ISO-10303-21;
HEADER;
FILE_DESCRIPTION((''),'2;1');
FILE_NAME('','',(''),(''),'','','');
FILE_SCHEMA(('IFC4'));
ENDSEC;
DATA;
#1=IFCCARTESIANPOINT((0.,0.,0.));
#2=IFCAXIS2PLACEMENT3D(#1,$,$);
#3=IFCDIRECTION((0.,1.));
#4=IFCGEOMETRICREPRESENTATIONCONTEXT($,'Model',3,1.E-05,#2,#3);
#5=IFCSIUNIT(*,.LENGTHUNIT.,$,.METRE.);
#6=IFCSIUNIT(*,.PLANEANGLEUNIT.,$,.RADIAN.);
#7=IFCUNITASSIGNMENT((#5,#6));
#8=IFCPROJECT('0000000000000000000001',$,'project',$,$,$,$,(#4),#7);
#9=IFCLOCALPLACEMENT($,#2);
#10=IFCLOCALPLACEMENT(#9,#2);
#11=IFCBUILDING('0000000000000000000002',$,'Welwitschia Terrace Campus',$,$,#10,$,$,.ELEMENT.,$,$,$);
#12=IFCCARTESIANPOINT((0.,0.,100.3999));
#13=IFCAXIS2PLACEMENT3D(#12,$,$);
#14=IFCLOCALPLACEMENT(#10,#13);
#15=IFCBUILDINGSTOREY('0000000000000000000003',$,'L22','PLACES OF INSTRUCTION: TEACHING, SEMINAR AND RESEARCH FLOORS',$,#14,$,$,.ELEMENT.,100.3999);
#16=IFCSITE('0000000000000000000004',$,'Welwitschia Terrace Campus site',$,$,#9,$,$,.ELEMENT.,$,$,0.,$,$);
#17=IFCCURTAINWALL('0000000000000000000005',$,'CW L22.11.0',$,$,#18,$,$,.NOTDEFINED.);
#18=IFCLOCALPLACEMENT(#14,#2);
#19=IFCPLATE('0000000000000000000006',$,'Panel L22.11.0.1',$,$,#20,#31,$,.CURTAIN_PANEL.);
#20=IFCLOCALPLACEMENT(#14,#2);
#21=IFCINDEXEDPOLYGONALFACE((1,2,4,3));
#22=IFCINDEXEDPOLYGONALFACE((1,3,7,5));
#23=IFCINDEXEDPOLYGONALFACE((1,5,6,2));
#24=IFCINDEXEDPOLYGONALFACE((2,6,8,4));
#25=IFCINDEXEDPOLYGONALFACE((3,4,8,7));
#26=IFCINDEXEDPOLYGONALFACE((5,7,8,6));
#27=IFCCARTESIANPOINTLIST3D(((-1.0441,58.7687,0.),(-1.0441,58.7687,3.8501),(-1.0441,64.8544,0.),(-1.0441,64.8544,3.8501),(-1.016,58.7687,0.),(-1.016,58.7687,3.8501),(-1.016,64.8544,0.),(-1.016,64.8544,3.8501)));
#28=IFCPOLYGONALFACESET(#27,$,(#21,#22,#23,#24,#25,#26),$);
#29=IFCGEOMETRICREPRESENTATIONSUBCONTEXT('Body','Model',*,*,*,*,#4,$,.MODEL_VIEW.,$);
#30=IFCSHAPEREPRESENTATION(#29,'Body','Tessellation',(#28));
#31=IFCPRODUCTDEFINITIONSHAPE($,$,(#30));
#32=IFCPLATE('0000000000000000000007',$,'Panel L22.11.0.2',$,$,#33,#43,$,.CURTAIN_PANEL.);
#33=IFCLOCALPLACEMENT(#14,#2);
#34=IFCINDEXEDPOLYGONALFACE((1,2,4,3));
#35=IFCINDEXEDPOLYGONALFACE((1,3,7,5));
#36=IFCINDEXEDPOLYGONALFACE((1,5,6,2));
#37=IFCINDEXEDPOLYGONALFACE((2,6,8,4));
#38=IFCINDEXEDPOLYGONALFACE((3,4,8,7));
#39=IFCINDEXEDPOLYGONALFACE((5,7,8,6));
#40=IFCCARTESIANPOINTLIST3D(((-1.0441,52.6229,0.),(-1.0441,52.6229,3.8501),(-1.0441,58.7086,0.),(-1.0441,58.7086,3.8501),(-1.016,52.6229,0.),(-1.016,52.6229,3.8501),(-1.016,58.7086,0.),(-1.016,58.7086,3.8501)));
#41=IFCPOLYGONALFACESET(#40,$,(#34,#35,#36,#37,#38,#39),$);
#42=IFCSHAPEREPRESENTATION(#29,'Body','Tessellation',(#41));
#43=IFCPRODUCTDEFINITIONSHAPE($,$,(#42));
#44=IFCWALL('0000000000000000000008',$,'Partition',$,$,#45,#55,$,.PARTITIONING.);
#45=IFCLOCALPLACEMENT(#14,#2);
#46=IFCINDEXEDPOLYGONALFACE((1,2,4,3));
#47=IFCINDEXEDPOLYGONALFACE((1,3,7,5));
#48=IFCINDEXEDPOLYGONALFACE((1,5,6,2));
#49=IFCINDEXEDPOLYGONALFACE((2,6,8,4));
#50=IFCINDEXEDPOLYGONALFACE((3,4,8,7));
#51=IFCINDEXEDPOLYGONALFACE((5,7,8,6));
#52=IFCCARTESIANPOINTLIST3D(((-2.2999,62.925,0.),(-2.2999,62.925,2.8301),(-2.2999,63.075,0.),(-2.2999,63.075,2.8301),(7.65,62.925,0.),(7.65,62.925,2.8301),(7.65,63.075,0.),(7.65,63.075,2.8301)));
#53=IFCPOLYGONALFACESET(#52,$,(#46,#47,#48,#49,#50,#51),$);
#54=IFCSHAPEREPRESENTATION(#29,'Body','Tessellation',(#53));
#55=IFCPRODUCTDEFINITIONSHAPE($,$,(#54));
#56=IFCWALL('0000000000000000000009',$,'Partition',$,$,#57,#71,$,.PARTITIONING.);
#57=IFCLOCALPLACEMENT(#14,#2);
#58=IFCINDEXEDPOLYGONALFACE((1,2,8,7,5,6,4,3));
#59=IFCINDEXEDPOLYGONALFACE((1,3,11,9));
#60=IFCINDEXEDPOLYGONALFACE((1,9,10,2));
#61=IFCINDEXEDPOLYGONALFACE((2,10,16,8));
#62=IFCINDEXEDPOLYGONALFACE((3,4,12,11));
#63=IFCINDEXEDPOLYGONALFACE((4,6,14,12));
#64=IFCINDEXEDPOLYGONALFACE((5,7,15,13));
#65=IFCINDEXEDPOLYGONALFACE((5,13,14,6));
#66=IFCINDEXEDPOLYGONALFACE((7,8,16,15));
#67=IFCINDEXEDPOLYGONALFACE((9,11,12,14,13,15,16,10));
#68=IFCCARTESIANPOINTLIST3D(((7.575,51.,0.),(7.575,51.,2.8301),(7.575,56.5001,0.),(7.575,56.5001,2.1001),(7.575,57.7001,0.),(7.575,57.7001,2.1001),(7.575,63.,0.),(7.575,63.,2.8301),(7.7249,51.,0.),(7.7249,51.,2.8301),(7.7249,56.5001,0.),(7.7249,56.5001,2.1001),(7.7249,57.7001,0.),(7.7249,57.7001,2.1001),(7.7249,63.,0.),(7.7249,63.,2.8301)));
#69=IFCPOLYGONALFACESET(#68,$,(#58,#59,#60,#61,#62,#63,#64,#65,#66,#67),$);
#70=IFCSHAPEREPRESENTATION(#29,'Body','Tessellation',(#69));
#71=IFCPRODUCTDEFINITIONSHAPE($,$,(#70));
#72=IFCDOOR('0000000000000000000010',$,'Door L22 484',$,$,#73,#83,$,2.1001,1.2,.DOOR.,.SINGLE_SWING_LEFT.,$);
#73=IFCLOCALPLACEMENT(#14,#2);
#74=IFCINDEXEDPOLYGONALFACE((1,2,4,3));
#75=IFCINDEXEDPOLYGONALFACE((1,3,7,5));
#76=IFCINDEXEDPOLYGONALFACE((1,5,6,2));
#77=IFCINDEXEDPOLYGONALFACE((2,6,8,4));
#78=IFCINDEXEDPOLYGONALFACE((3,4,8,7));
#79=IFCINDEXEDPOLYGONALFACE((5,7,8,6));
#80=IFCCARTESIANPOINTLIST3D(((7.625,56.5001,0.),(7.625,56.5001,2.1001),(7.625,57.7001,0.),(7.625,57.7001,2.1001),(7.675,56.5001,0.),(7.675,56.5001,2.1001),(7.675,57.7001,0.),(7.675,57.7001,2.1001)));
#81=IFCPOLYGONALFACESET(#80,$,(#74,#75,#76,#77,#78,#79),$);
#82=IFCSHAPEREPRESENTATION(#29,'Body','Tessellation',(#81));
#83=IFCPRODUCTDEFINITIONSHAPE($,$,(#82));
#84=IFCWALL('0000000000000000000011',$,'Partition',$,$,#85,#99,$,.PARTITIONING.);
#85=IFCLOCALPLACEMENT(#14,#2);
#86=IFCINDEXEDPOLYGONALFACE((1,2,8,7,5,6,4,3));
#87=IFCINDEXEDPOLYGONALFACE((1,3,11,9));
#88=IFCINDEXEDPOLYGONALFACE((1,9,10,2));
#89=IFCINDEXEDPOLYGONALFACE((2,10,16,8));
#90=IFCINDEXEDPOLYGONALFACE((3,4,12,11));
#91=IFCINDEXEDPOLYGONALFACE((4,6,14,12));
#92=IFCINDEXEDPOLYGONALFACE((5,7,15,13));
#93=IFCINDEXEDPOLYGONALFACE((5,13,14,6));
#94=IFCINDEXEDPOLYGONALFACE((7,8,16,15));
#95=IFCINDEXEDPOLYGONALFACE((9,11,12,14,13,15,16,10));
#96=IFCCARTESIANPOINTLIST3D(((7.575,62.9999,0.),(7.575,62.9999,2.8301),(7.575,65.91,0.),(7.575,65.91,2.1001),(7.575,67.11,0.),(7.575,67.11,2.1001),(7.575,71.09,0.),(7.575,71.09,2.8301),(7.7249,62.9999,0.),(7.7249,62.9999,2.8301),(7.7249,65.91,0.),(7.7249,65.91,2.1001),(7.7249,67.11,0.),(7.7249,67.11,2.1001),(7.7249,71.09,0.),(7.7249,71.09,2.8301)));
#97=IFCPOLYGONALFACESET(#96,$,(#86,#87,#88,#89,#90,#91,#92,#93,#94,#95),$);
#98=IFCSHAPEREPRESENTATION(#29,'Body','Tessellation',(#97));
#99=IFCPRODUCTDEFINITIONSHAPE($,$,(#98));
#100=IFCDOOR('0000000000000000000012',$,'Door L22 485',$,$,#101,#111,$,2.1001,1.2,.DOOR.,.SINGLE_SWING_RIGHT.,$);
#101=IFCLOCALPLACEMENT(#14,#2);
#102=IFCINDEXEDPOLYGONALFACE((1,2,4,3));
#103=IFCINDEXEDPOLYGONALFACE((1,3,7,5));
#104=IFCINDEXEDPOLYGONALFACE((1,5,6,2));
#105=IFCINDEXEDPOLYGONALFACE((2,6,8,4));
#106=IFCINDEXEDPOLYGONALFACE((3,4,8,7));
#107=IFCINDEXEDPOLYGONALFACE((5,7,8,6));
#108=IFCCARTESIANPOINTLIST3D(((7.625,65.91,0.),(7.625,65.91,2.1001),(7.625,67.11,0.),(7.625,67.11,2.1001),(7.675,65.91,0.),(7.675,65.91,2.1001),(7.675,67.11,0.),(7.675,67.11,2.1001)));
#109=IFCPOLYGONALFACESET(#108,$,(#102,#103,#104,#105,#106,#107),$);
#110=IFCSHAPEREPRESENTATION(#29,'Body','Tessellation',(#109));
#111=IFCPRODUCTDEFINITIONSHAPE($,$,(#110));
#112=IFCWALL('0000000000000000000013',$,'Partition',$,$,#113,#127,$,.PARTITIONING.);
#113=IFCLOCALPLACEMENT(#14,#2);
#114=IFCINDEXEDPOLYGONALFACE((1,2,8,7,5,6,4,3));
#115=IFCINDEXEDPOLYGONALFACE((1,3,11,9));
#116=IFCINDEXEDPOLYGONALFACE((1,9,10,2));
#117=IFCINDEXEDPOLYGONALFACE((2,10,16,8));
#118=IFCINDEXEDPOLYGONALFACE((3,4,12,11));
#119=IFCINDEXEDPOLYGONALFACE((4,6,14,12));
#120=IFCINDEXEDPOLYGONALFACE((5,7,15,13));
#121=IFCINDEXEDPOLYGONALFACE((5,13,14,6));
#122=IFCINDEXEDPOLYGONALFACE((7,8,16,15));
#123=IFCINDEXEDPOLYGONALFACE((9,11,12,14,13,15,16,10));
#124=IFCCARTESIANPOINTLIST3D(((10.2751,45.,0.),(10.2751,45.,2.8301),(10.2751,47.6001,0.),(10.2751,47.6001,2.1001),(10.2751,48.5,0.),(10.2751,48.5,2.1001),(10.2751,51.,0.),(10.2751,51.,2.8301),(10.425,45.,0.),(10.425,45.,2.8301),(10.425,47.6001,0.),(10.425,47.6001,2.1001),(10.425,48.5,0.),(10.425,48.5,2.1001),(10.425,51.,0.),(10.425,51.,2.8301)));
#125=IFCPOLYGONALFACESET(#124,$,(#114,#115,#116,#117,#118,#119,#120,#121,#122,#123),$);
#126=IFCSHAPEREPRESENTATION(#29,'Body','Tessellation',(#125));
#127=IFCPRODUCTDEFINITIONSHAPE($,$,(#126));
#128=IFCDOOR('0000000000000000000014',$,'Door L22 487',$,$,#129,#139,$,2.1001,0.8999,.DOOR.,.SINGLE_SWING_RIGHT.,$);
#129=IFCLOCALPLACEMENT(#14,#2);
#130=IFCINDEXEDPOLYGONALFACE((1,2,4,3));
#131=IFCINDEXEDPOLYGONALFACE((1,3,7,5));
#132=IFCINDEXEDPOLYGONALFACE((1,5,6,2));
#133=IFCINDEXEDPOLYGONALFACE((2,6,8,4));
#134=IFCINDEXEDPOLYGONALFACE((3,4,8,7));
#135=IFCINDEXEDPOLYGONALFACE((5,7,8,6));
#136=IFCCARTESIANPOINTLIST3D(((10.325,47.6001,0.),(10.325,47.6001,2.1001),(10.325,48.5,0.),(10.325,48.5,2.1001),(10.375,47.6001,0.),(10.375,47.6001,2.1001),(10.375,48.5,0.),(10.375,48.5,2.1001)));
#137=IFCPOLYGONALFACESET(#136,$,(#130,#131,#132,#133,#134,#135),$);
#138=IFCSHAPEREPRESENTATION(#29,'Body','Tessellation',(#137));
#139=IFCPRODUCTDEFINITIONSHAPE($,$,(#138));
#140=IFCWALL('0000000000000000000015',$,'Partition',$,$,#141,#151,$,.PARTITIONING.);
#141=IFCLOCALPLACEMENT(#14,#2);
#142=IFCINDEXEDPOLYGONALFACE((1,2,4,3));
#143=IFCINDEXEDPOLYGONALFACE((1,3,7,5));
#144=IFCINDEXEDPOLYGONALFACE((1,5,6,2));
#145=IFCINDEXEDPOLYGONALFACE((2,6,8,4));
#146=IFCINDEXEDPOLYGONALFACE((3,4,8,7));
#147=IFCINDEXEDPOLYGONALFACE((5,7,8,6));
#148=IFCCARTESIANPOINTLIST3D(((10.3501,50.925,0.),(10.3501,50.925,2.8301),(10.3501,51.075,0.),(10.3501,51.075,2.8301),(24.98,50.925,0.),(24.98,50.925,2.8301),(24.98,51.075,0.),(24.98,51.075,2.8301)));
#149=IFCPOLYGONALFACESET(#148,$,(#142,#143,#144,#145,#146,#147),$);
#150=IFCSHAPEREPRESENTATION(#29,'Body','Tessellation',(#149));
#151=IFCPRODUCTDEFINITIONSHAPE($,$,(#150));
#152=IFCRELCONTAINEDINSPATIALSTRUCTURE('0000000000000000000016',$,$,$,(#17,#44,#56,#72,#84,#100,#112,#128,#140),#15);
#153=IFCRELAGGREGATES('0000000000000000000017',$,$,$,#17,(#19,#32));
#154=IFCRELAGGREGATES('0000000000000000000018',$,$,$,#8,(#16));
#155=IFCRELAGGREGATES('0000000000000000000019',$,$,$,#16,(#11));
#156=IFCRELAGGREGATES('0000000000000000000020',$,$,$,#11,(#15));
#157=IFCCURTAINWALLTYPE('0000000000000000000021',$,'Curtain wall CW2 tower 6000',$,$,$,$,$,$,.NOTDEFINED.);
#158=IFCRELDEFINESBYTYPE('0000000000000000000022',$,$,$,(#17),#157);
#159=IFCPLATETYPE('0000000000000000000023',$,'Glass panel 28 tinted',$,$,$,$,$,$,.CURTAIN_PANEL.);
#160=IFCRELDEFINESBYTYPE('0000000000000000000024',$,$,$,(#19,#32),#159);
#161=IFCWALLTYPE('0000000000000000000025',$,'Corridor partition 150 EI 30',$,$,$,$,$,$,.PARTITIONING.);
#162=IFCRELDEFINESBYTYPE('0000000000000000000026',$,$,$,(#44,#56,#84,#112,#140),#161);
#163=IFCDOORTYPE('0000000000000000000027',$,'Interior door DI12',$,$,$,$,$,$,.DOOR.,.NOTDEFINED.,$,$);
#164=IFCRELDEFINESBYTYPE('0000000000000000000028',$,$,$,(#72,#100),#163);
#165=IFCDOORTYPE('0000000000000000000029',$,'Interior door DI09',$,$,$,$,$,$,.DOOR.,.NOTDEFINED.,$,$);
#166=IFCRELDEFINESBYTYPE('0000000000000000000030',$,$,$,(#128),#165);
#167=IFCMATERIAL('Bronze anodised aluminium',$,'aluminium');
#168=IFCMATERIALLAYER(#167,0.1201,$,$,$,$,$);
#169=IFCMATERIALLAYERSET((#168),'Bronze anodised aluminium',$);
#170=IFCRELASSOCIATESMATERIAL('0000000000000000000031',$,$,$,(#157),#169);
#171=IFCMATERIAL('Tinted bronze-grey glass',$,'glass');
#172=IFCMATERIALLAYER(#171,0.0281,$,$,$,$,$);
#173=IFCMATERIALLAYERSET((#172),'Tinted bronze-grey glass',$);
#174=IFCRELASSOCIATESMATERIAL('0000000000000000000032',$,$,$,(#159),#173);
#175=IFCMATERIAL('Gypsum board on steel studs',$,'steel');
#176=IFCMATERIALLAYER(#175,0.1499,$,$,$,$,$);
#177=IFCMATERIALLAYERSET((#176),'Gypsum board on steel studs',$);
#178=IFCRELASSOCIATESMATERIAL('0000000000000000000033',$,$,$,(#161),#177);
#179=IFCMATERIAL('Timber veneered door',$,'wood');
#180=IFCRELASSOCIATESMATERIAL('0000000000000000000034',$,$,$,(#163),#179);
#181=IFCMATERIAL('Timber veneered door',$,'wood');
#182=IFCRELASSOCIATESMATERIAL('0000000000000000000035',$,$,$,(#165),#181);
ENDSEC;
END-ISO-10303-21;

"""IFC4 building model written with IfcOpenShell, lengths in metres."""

from ifc_helpers import new_model, si_unit, direction, frame, frame_2d, origin, origin_2d, place, context, subcontext, project, spatial, rectangle, extrude, material, layer, layer_set, type_object, element, fill, aggregate, save


model = new_model("IFC4")

# Units and contexts
model_context = context("Model", 3, precision=1e-05, world=origin(), true_north=direction((0.0, 1.0)))
body_context = subcontext(model_context, "Body", "Model", "MODEL_VIEW")
ifc_project = project(units=[si_unit("LENGTHUNIT", "METRE"), si_unit("PLANEANGLEUNIT", "RADIAN")], contexts=[model_context])

# Site, building, storey
site_placement = place(None, origin())
site = spatial("IfcSite", under=ifc_project, at=site_placement, Name="Welwitschia Terrace Campus site", CompositionType="ELEMENT", RefElevation=0.0)
building_placement = place(site_placement, origin())
building = spatial("IfcBuilding", under=site, at=building_placement, Name="Welwitschia Terrace Campus", CompositionType="ELEMENT")
storey_placement = place(building_placement, frame((0.0, 0.0, 100.3999)))
storey = spatial("IfcBuildingStorey", under=building, at=storey_placement, Name="L22", Description="PLACES OF INSTRUCTION: TEACHING, SEMINAR AND RESEARCH FLOORS", CompositionType="ELEMENT", Elevation=100.3999)

# Curtain wall
ifc_material_1 = material(Name="Bronze anodised aluminium", Category="aluminium")
ifc_layer_1 = layer(ifc_material_1, 0.1201)
ifc_layer_set_1 = layer_set([ifc_layer_1], Name="Bronze anodised aluminium")
curtain_wall_type = type_object("IfcCurtainWallType", Name="Curtain wall CW2 tower 6000", PredefinedType="NOTDEFINED", material=ifc_layer_set_1)
curtain_wall_placement = place(storey_placement, origin())
curtain_wall = element("IfcCurtainWall", 1, at=curtain_wall_placement, inside=storey, type_object=curtain_wall_type, Name="CW L22.11.0", PredefinedType="NOTDEFINED")

# Plates
ifc_material_2 = material(Name="Tinted bronze-grey glass", Category="glass")
ifc_layer_2 = layer(ifc_material_2, 0.0281)
ifc_layer_set_2 = layer_set([ifc_layer_2], Name="Tinted bronze-grey glass")
plate_type = type_object("IfcPlateType", Name="Glass panel 28 tinted", PredefinedType="CURTAIN_PANEL", material=ifc_layer_set_2)
plate_1_placement = place(storey_placement, frame((-1.03, 61.8115, 0.0), z_axis=(0.0, 0.0, 1.0), x_axis=(0.0, -1.0, 0.0)))
plate_1 = element("IfcPlate", 2, at=plate_1_placement, type_object=plate_type, Name="Panel L22.11.0.1", PredefinedType="CURTAIN_PANEL", context=body_context, shape_type="SweptSolid", body=[
    extrude(rectangle(XDim=6.0857, YDim=0.0281, at=origin_2d()), origin(), (0.0, 0.0, 1.0), 3.8501),
])
plate_2_placement = place(storey_placement, frame((-1.03, 55.6658, 0.0), z_axis=(0.0, 0.0, 1.0), x_axis=(0.0, -1.0, 0.0)))
plate_2 = element("IfcPlate", 3, at=plate_2_placement, type_object=plate_type, Name="Panel L22.11.0.2", PredefinedType="CURTAIN_PANEL", context=body_context, shape_type="SweptSolid", body=[
    extrude(rectangle(XDim=6.0857, YDim=0.0281, at=origin_2d()), origin(), (0.0, 0.0, 1.0), 3.8501),
])
aggregate(curtain_wall, [plate_1, plate_2])

# Wall
ifc_material_3 = material(Name="Gypsum board on steel studs", Category="steel")
ifc_layer_3 = layer(ifc_material_3, 0.1499)
ifc_layer_set_3 = layer_set([ifc_layer_3], Name="Gypsum board on steel studs")
wall_type = type_object("IfcWallType", Name="Corridor partition 150 EI 30", PredefinedType="PARTITIONING", material=ifc_layer_set_3)
wall_1_placement = place(storey_placement, frame((-2.3, 63.0, 0.0), z_axis=(0.0, 0.0, 1.0), x_axis=(1.0, 0.0, 0.0)))
element("IfcWall", 4, at=wall_1_placement, inside=storey, type_object=wall_type, Name="Partition", PredefinedType="PARTITIONING", context=body_context, shape_type="SweptSolid", body=[
    extrude(rectangle(XDim=9.95, YDim=0.1499, at=frame_2d((4.9751, 0.0))), origin(), (0.0, 0.0, 1.0), 2.8301),
])

# Walls, openings, doors
wall_2_placement = place(storey_placement, frame((7.6499, 51.0, 0.0), z_axis=(0.0, 0.0, 1.0), x_axis=(0.0, 1.0, 0.0)))
wall_2 = element("IfcWall", 5, at=wall_2_placement, inside=storey, type_object=wall_type, Name="Partition", PredefinedType="PARTITIONING", context=body_context, shape_type="SweptSolid", body=[
    extrude(rectangle(XDim=12.0, YDim=0.1499, at=frame_2d((6.0, 0.0))), origin(), (0.0, 0.0, 1.0), 2.8301),
])
opening_1_placement = place(wall_2_placement, frame((5.5, 0.0, 0.0)))
opening_1 = element("IfcOpeningElement", 6, at=opening_1_placement, cuts=wall_2, PredefinedType="OPENING", context=body_context, shape_type="SweptSolid", body=[
    extrude(rectangle(XDim=1.2, YDim=2.1001, at=frame_2d((0.6001, 1.05))), frame((0.0, 0.085, 0.0), z_axis=(0.0, -1.0, 0.0), x_axis=(1.0, 0.0, 0.0)), (0.0, 0.0, 1.0), 0.1699),
])
ifc_material_4 = material(Name="Timber veneered door", Category="wood")
door_type_1 = type_object("IfcDoorType", Name="Interior door DI12", OperationType="NOTDEFINED", PredefinedType="DOOR", material=ifc_material_4)
door_1_placement = place(opening_1_placement, origin())
door_1 = element("IfcDoor", 7, at=door_1_placement, inside=storey, type_object=door_type_1, Name="Door L22 484", OperationType="SINGLE_SWING_LEFT", OverallHeight=2.1001, OverallWidth=1.2, PredefinedType="DOOR", context=body_context, shape_type="SweptSolid", body=[
    extrude(rectangle(XDim=1.2, YDim=2.1001, at=frame_2d((0.6001, 1.05))), frame((0.0, 0.0249, 0.0), z_axis=(0.0, -1.0, 0.0), x_axis=(1.0, 0.0, 0.0)), (0.0, 0.0, 1.0), 0.05),
])
fill(opening_1, door_1)
wall_3_placement = place(storey_placement, frame((7.6499, 63.0, 0.0), z_axis=(0.0, 0.0, 1.0), x_axis=(0.0, 1.0, 0.0)))
wall_3 = element("IfcWall", 8, at=wall_3_placement, inside=storey, type_object=wall_type, Name="Partition", PredefinedType="PARTITIONING", context=body_context, shape_type="SweptSolid", body=[
    extrude(rectangle(XDim=8.0901, YDim=0.1499, at=frame_2d((4.0449, 0.0))), origin(), (0.0, 0.0, 1.0), 2.8301),
])
opening_2_placement = place(wall_3_placement, frame((2.9099, 0.0, 0.0)))
opening_2 = element("IfcOpeningElement", 9, at=opening_2_placement, cuts=wall_3, PredefinedType="OPENING", context=body_context, shape_type="SweptSolid", body=[
    extrude(rectangle(XDim=1.2, YDim=2.1001, at=frame_2d((0.6001, 1.05))), frame((0.0, 0.085, 0.0), z_axis=(0.0, -1.0, 0.0), x_axis=(1.0, 0.0, 0.0)), (0.0, 0.0, 1.0), 0.1699),
])
door_2_placement = place(opening_2_placement, origin())
door_2 = element("IfcDoor", 10, at=door_2_placement, inside=storey, type_object=door_type_1, Name="Door L22 485", OperationType="SINGLE_SWING_RIGHT", OverallHeight=2.1001, OverallWidth=1.2, PredefinedType="DOOR", context=body_context, shape_type="SweptSolid", body=[
    extrude(rectangle(XDim=1.2, YDim=2.1001, at=frame_2d((0.6001, 1.05))), frame((0.0, 0.0249, 0.0), z_axis=(0.0, -1.0, 0.0), x_axis=(1.0, 0.0, 0.0)), (0.0, 0.0, 1.0), 0.05),
])
fill(opening_2, door_2)
wall_4_placement = place(storey_placement, frame((10.3501, 51.0, 0.0), z_axis=(0.0, 0.0, 1.0), x_axis=(0.0, -1.0, 0.0)))
wall_4 = element("IfcWall", 11, at=wall_4_placement, inside=storey, type_object=wall_type, Name="Partition", PredefinedType="PARTITIONING", context=body_context, shape_type="SweptSolid", body=[
    extrude(rectangle(XDim=6.0, YDim=0.1499, at=frame_2d((3.0, 0.0))), origin(), (0.0, 0.0, 1.0), 2.8301),
])
opening_3_placement = place(wall_4_placement, frame((2.5, 0.0, 0.0)))
opening_3 = element("IfcOpeningElement", 12, at=opening_3_placement, cuts=wall_4, PredefinedType="OPENING", context=body_context, shape_type="SweptSolid", body=[
    extrude(rectangle(XDim=0.8999, YDim=2.1001, at=frame_2d((0.45, 1.05))), frame((0.0, 0.085, 0.0), z_axis=(0.0, -1.0, 0.0), x_axis=(1.0, 0.0, 0.0)), (0.0, 0.0, 1.0), 0.1699),
])
ifc_material_5 = material(Name="Timber veneered door", Category="wood")
door_type_2 = type_object("IfcDoorType", Name="Interior door DI09", OperationType="NOTDEFINED", PredefinedType="DOOR", material=ifc_material_5)
door_3_placement = place(opening_3_placement, origin())
door_3 = element("IfcDoor", 13, at=door_3_placement, inside=storey, type_object=door_type_2, Name="Door L22 487", OperationType="SINGLE_SWING_RIGHT", OverallHeight=2.1001, OverallWidth=0.8999, PredefinedType="DOOR", context=body_context, shape_type="SweptSolid", body=[
    extrude(rectangle(XDim=0.8999, YDim=2.1001, at=frame_2d((0.45, 1.05))), frame((0.0, 0.0249, 0.0), z_axis=(0.0, -1.0, 0.0), x_axis=(1.0, 0.0, 0.0)), (0.0, 0.0, 1.0), 0.05),
])
fill(opening_3, door_3)

# Wall
wall_5_placement = place(storey_placement, frame((10.3501, 51.0, 0.0), z_axis=(0.0, 0.0, 1.0), x_axis=(1.0, 0.0, 0.0)))
element("IfcWall", 14, at=wall_5_placement, inside=storey, type_object=wall_type, Name="Partition", PredefinedType="PARTITIONING", context=body_context, shape_type="SweptSolid", body=[
    extrude(rectangle(XDim=14.6299, YDim=0.1499, at=frame_2d((7.3149, 0.0))), origin(), (0.0, 0.0, 1.0), 2.8301),
])

save(model, "model.ifc")
